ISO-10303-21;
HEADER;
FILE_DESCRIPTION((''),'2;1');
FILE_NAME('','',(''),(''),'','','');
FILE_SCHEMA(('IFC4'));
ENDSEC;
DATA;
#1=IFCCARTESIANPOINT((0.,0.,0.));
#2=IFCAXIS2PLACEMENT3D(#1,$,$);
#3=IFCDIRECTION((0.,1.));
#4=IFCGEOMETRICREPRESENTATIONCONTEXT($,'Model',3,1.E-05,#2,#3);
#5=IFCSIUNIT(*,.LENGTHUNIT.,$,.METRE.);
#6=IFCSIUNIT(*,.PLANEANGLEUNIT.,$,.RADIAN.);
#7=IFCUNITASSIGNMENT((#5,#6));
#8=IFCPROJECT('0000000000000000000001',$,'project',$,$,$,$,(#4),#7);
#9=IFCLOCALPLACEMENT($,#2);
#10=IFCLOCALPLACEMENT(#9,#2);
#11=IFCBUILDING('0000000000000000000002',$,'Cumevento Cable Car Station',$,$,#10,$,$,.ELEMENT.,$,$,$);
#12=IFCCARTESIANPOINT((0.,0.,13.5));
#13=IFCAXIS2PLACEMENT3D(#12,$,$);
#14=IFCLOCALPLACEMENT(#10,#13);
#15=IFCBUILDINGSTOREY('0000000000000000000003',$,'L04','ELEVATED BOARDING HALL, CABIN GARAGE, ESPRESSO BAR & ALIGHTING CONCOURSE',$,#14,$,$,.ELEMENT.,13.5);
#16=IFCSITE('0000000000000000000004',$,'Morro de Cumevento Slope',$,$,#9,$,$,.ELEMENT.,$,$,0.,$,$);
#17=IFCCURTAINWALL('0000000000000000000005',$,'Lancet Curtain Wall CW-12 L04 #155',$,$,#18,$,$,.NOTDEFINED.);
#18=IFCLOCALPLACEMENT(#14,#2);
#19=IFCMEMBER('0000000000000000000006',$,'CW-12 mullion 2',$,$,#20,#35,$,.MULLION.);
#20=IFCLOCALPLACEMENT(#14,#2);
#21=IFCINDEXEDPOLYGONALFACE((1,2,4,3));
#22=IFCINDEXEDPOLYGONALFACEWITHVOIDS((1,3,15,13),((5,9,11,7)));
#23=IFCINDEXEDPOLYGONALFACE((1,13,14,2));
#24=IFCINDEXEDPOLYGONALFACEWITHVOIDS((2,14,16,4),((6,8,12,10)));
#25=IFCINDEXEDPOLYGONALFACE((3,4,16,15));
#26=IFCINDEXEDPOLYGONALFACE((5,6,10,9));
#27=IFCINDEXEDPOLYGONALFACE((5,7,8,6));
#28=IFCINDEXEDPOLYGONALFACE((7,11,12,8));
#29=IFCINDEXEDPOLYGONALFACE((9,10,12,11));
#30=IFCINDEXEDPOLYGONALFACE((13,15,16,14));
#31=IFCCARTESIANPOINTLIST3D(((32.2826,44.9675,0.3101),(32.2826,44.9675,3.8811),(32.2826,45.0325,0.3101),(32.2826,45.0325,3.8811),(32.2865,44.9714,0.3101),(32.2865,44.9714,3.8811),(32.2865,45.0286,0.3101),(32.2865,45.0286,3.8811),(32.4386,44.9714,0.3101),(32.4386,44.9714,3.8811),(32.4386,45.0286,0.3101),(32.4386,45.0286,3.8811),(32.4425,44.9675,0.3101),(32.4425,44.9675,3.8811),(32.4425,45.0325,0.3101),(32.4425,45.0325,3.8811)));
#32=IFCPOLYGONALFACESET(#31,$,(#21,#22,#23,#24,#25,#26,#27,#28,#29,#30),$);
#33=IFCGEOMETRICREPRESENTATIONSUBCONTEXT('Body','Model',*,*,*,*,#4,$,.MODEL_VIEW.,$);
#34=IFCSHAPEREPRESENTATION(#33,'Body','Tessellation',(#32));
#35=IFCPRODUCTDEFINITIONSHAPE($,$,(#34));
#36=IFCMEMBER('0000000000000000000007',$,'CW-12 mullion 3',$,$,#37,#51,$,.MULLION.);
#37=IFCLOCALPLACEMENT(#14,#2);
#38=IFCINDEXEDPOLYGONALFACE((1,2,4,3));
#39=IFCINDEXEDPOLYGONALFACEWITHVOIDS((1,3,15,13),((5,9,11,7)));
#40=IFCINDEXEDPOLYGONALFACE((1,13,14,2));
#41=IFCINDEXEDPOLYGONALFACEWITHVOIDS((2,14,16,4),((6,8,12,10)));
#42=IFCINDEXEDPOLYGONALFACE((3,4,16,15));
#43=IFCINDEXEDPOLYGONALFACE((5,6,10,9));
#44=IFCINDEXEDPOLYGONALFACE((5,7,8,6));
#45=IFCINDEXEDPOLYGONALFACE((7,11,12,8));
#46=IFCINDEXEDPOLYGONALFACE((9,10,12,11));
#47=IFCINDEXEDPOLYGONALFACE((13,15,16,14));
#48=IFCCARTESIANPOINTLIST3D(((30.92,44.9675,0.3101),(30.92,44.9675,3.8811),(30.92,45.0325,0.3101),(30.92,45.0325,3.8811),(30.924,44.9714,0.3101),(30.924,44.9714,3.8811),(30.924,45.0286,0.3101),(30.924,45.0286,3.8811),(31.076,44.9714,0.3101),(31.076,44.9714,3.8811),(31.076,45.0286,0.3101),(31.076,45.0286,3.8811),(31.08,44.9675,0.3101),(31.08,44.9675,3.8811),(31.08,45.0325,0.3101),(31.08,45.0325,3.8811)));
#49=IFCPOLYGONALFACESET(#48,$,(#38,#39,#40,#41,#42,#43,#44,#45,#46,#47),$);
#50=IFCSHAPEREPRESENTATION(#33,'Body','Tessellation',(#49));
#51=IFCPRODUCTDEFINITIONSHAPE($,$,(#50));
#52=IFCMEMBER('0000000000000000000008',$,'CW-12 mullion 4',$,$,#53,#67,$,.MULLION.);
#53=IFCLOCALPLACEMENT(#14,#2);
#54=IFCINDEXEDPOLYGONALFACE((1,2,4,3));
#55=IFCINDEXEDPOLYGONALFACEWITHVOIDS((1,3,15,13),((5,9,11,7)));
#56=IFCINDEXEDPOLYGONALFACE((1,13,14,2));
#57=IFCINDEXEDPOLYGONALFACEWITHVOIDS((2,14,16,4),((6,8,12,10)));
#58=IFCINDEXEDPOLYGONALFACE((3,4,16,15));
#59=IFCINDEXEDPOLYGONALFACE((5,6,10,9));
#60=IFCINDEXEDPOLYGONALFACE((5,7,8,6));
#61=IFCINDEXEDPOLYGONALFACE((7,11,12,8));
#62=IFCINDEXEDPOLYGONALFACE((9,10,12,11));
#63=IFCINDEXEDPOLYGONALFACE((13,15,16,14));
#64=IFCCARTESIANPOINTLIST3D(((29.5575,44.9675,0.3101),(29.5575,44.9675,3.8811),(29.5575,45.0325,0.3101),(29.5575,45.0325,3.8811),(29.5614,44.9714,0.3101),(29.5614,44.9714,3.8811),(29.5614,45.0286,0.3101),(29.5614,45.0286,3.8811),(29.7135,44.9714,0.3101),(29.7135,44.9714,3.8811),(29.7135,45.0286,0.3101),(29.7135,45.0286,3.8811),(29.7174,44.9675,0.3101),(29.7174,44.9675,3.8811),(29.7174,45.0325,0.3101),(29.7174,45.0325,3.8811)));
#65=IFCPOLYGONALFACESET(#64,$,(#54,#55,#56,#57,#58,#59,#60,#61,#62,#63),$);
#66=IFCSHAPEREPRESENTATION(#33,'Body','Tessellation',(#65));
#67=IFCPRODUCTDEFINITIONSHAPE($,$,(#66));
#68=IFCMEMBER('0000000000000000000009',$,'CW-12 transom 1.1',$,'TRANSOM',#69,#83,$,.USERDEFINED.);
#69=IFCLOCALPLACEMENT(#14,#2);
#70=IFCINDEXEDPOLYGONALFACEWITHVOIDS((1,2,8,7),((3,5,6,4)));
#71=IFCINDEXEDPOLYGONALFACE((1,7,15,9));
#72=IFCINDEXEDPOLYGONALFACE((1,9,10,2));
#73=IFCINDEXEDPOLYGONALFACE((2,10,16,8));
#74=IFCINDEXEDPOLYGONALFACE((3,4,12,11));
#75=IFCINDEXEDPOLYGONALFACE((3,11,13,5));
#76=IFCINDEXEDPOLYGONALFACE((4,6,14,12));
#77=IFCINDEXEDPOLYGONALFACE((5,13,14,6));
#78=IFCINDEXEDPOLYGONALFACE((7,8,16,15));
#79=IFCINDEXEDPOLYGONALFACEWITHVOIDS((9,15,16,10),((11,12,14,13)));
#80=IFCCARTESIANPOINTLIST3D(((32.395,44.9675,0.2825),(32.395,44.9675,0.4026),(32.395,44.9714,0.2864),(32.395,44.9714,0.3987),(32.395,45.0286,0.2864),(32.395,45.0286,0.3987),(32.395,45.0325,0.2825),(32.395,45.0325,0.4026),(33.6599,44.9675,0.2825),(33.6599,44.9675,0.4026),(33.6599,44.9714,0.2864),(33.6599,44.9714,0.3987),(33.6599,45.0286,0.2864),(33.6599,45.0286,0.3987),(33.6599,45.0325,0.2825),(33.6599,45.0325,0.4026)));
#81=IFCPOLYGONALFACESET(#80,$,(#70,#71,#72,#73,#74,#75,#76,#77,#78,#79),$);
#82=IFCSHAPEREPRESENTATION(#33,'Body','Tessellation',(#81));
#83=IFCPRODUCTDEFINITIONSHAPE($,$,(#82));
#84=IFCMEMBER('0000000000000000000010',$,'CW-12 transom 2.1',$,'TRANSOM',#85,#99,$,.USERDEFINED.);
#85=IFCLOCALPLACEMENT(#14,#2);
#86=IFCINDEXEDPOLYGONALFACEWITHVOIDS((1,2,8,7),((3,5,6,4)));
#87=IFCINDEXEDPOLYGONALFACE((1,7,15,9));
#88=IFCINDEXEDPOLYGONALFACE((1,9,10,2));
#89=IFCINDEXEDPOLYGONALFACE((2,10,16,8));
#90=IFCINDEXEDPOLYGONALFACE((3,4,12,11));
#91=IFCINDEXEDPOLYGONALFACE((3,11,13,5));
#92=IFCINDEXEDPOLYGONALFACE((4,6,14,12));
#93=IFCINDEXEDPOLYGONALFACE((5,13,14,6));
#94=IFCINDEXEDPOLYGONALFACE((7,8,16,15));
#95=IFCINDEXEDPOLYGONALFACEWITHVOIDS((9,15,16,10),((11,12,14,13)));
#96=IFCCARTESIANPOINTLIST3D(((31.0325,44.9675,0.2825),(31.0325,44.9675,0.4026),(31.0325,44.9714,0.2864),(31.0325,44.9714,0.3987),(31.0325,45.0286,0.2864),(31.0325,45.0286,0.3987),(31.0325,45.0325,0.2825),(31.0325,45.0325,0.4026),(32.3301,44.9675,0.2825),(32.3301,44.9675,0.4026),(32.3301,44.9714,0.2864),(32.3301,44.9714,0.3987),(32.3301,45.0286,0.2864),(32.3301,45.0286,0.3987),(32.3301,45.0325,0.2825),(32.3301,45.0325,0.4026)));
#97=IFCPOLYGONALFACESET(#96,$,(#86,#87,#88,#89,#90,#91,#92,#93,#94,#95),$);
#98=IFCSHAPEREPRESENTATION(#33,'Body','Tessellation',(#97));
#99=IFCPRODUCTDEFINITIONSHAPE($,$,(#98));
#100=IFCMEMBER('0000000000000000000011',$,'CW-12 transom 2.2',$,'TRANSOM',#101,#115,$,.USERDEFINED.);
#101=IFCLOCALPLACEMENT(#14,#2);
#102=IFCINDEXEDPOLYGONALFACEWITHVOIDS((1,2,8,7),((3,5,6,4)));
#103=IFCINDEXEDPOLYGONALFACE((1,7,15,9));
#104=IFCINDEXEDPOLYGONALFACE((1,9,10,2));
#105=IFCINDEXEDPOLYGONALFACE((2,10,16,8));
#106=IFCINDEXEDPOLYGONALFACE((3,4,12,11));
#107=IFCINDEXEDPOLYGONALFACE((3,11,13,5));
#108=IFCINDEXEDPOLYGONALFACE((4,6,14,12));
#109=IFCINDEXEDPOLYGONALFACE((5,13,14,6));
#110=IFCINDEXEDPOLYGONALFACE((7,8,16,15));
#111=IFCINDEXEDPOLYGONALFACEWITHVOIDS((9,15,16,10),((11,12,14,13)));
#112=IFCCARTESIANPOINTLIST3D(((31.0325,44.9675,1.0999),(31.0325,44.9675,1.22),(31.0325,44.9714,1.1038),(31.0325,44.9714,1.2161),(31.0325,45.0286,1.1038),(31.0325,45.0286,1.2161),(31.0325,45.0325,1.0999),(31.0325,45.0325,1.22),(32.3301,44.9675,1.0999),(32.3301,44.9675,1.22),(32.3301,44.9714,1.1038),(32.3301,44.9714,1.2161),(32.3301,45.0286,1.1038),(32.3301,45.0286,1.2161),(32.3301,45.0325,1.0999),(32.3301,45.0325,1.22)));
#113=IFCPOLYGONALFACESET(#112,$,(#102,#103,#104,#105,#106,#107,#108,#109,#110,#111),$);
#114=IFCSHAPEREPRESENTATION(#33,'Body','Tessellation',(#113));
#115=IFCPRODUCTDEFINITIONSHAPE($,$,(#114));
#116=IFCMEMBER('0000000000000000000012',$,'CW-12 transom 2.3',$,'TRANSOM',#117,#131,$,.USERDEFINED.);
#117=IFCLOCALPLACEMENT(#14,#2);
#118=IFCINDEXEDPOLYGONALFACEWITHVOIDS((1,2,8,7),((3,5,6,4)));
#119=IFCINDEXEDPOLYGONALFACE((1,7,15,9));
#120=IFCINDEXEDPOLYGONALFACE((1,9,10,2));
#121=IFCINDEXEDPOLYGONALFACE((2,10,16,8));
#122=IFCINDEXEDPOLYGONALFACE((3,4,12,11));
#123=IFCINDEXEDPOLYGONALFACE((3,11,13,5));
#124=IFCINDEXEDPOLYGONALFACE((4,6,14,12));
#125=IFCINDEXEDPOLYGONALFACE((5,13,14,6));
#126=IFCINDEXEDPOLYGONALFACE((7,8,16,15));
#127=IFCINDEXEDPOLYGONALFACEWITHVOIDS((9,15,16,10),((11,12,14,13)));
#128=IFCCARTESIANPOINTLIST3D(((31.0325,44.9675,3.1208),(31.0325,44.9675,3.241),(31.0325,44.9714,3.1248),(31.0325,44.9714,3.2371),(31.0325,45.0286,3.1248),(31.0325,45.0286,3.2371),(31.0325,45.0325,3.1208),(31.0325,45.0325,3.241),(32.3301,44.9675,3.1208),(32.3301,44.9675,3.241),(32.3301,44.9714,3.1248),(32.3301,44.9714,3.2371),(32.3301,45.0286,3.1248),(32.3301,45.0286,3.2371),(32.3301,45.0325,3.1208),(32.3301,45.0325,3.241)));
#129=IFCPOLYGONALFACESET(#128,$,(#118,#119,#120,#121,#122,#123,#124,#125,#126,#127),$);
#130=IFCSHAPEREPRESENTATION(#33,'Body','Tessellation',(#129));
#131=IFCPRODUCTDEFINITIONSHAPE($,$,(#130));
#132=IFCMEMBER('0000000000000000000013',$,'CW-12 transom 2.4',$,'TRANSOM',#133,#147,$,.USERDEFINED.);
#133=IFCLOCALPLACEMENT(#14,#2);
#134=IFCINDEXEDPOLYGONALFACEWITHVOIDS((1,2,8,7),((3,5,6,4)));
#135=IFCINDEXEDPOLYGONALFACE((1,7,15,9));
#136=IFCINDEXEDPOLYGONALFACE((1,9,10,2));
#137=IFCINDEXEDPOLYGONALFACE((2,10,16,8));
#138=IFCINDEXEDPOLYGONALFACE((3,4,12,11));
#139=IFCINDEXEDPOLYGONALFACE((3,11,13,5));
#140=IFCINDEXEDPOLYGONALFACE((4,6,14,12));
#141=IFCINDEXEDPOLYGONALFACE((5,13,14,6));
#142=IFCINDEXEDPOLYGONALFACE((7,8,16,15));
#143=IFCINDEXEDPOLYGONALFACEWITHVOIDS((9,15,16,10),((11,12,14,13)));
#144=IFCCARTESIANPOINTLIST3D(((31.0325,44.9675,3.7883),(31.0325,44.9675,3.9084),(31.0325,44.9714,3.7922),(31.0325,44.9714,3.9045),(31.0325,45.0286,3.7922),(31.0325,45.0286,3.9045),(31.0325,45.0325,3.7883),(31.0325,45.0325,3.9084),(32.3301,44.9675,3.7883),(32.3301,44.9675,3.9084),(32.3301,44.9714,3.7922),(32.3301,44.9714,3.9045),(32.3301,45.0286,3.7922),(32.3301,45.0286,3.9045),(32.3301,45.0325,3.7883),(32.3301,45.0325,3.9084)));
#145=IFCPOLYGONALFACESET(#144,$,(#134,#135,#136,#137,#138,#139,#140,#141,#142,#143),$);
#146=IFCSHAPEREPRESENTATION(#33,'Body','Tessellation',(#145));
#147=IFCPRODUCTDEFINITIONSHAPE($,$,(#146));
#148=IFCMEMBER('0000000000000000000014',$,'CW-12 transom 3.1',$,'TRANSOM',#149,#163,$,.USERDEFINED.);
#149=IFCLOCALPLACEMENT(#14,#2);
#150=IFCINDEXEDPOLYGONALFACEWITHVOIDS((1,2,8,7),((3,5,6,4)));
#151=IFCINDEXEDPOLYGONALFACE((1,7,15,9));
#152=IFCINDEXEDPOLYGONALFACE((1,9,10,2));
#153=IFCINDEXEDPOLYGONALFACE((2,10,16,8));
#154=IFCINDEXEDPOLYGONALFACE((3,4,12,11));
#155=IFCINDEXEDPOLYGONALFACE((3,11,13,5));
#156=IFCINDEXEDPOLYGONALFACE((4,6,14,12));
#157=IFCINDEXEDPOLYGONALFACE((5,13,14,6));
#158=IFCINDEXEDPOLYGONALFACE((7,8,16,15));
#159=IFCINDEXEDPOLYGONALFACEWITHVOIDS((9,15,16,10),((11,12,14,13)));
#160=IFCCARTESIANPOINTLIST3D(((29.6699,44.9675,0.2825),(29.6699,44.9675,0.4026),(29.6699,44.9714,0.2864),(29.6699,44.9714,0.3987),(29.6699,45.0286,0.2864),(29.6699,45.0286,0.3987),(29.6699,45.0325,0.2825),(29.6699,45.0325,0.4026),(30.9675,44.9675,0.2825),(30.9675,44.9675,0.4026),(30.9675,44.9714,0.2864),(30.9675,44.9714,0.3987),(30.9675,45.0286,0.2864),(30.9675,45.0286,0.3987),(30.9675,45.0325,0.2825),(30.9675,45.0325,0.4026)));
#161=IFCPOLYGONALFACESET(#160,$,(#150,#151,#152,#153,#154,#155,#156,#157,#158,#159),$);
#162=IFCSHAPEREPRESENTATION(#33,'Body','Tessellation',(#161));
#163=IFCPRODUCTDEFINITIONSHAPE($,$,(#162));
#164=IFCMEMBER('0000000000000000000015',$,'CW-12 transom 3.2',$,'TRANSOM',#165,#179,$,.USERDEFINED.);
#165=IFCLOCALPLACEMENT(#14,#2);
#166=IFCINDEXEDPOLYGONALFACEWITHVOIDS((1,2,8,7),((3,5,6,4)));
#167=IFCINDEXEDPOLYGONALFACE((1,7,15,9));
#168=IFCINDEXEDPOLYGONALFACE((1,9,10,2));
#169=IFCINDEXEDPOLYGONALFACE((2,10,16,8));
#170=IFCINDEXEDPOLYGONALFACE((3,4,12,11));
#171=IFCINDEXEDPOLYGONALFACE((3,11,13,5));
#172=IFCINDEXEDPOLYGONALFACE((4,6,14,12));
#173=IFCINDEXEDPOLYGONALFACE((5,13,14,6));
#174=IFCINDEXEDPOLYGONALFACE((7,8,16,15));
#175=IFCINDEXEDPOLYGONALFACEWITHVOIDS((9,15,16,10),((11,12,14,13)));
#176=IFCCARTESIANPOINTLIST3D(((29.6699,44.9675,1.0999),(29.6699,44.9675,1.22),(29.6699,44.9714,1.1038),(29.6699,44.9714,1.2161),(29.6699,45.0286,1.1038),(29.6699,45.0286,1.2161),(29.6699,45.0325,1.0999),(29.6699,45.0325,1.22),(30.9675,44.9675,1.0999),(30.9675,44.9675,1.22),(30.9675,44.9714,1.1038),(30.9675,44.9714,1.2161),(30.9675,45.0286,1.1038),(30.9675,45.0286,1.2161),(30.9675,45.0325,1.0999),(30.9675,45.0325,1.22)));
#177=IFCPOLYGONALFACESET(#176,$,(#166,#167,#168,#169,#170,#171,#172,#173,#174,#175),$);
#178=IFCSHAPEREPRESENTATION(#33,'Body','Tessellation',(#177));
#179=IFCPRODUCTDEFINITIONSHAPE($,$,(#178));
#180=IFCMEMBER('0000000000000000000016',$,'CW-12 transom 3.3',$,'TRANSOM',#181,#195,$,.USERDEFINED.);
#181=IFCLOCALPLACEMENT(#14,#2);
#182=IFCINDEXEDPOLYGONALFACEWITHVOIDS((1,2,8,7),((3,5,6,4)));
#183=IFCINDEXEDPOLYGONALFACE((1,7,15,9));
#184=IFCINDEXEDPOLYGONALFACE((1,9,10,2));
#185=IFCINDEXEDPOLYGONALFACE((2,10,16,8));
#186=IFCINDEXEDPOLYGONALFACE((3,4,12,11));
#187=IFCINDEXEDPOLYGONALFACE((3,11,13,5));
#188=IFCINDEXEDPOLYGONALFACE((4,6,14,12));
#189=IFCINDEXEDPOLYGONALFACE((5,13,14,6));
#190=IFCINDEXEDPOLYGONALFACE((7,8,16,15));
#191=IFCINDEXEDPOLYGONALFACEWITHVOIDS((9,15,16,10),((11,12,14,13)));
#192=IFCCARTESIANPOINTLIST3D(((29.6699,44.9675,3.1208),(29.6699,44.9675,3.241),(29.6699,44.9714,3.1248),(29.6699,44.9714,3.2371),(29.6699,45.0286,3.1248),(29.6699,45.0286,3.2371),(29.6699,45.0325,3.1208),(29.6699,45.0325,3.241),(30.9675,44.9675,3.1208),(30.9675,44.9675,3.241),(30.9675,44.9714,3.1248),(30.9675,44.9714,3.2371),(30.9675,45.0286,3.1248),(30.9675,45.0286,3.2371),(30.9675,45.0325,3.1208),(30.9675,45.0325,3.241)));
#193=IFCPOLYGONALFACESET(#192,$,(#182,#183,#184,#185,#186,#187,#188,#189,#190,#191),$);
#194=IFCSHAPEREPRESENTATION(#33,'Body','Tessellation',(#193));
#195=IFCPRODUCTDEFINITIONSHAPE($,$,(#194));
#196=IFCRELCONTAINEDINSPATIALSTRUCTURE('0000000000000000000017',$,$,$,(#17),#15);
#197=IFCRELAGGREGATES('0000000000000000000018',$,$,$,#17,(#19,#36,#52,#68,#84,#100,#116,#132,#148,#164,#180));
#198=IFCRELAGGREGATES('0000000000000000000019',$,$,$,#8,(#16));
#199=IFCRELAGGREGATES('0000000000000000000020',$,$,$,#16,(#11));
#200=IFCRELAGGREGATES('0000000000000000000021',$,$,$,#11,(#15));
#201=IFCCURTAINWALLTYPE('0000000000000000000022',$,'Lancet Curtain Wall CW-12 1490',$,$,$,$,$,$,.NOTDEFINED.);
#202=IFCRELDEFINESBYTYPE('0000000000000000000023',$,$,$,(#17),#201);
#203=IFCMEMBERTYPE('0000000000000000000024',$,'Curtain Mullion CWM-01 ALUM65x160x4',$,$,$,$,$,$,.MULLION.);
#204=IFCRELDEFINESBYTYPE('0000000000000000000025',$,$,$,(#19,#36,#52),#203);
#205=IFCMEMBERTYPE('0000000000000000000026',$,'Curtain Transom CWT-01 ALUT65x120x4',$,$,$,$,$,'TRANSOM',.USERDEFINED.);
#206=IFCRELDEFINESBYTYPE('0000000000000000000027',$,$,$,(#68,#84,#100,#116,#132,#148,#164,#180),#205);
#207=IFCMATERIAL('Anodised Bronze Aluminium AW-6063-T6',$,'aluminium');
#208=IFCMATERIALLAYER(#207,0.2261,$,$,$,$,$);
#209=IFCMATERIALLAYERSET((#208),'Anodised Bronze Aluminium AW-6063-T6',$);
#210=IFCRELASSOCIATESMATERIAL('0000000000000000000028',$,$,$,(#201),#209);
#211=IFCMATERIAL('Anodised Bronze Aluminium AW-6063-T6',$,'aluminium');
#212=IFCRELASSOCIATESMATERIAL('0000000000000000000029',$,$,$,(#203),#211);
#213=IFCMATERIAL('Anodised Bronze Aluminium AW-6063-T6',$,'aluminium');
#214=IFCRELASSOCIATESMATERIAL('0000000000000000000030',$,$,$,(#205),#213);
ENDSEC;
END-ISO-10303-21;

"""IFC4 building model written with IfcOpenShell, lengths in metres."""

from ifc_helpers import new_model, si_unit, direction, frame, origin, origin_2d, place, context, subcontext, project, spatial, hollow_rectangle, extrude, material, layer, layer_set, material_profile, profile_set, type_object, element, aggregate, save


model = new_model("IFC4")

# Units and contexts
model_context = context("Model", 3, precision=1e-05, world=origin(), true_north=direction((0.0, 1.0)))
body_context = subcontext(model_context, "Body", "Model", "MODEL_VIEW")
ifc_project = project(units=[si_unit("LENGTHUNIT", "METRE"), si_unit("PLANEANGLEUNIT", "RADIAN")], contexts=[model_context])

# Site, building, storey
site_placement = place(None, origin())
site = spatial("IfcSite", under=ifc_project, at=site_placement, Name="Morro de Cumevento Slope", CompositionType="ELEMENT", RefElevation=0.0)
building_placement = place(site_placement, origin())
building = spatial("IfcBuilding", under=site, at=building_placement, Name="Cumevento Cable Car Station", CompositionType="ELEMENT")
storey_placement = place(building_placement, frame((0.0, 0.0, 13.5)))
storey = spatial("IfcBuildingStorey", under=building, at=storey_placement, Name="L04", Description="ELEVATED BOARDING HALL, CABIN GARAGE, ESPRESSO BAR & ALIGHTING CONCOURSE", CompositionType="ELEMENT", Elevation=13.5)

# Curtain wall, members
ifc_material_1 = material(Name="Anodised Bronze Aluminium AW-6063-T6", Category="aluminium")
ifc_layer_1 = layer(ifc_material_1, 0.2261)
ifc_layer_set_1 = layer_set([ifc_layer_1], Name="Anodised Bronze Aluminium AW-6063-T6")
curtain_wall_type = type_object("IfcCurtainWallType", Name="Lancet Curtain Wall CW-12 1490", PredefinedType="NOTDEFINED", material=ifc_layer_set_1)
curtain_wall_placement = place(storey_placement, origin())
curtain_wall = element("IfcCurtainWall", 1, at=curtain_wall_placement, inside=storey, type_object=curtain_wall_type, Name="Lancet Curtain Wall CW-12 L04 #155", PredefinedType="NOTDEFINED")
ifc_material_2 = material(Name="Anodised Bronze Aluminium AW-6063-T6", Category="aluminium")
ifc_material_profile_1 = material_profile(ifc_material_2, hollow_rectangle(XDim=0.0649, YDim=0.1599, WallThickness=0.0039, at=origin_2d()), Name="ALUM65x160x4")
ifc_profile_set_1 = profile_set([ifc_material_profile_1], Name="Anodised Bronze Aluminium AW-6063-T6")
member_type_1 = type_object("IfcMemberType", Name="Curtain Mullion CWM-01 ALUM65x160x4", PredefinedType="MULLION", material=ifc_profile_set_1)
member_1_placement = place(storey_placement, frame((32.3625, 45.0, 0.3101), z_axis=(0.0, 0.0, 1.0), x_axis=(0.0, -1.0, 0.0)))
member_1 = element("IfcMember", 2, at=member_1_placement, type_object=member_type_1, Name="CW-12 mullion 2", PredefinedType="MULLION", context=body_context, shape_type="SweptSolid", body=[
    extrude(hollow_rectangle(XDim=0.0649, YDim=0.1599, WallThickness=0.0039, at=origin_2d()), origin(), (0.0, 0.0, 1.0), 3.571),
])
member_2_placement = place(storey_placement, frame((31.0, 45.0, 0.3101), z_axis=(0.0, 0.0, 1.0), x_axis=(0.0, -1.0, 0.0)))
member_2 = element("IfcMember", 3, at=member_2_placement, type_object=member_type_1, Name="CW-12 mullion 3", PredefinedType="MULLION", context=body_context, shape_type="SweptSolid", body=[
    extrude(hollow_rectangle(XDim=0.0649, YDim=0.1599, WallThickness=0.0039, at=origin_2d()), origin(), (0.0, 0.0, 1.0), 3.571),
])
member_3_placement = place(storey_placement, frame((29.6375, 45.0, 0.3101), z_axis=(0.0, 0.0, 1.0), x_axis=(0.0, -1.0, 0.0)))
member_3 = element("IfcMember", 4, at=member_3_placement, type_object=member_type_1, Name="CW-12 mullion 4", PredefinedType="MULLION", context=body_context, shape_type="SweptSolid", body=[
    extrude(hollow_rectangle(XDim=0.0649, YDim=0.1599, WallThickness=0.0039, at=origin_2d()), origin(), (0.0, 0.0, 1.0), 3.571),
])
ifc_material_3 = material(Name="Anodised Bronze Aluminium AW-6063-T6", Category="aluminium")
ifc_material_profile_2 = material_profile(ifc_material_3, hollow_rectangle(XDim=0.0649, YDim=0.1201, WallThickness=0.0039, at=origin_2d()), Name="ALUT65x120x4")
ifc_profile_set_2 = profile_set([ifc_material_profile_2], Name="Anodised Bronze Aluminium AW-6063-T6")
member_type_2 = type_object("IfcMemberType", Name="Curtain Transom CWT-01 ALUT65x120x4", ElementType="TRANSOM", PredefinedType="USERDEFINED", material=ifc_profile_set_2)
member_4_placement = place(storey_placement, frame((33.6599, 45.0, 0.3425), z_axis=(-1.0, 0.0, 0.0), x_axis=(0.0, -1.0, 0.0)))
member_4 = element("IfcMember", 5, at=member_4_placement, type_object=member_type_2, Name="CW-12 transom 1.1", ObjectType="TRANSOM", PredefinedType="USERDEFINED", context=body_context, shape_type="SweptSolid", body=[
    extrude(hollow_rectangle(XDim=0.0649, YDim=0.1201, WallThickness=0.0039, at=origin_2d()), origin(), (0.0, 0.0, 1.0), 1.2649),
])
member_5_placement = place(storey_placement, frame((32.3301, 45.0, 0.3425), z_axis=(-1.0, 0.0, 0.0), x_axis=(0.0, -1.0, 0.0)))
member_5 = element("IfcMember", 6, at=member_5_placement, type_object=member_type_2, Name="CW-12 transom 2.1", ObjectType="TRANSOM", PredefinedType="USERDEFINED", context=body_context, shape_type="SweptSolid", body=[
    extrude(hollow_rectangle(XDim=0.0649, YDim=0.1201, WallThickness=0.0039, at=origin_2d()), origin(), (0.0, 0.0, 1.0), 1.2976),
])
member_6_placement = place(storey_placement, frame((32.3301, 45.0, 1.1599), z_axis=(-1.0, 0.0, 0.0), x_axis=(0.0, -1.0, 0.0)))
member_6 = element("IfcMember", 7, at=member_6_placement, type_object=member_type_2, Name="CW-12 transom 2.2", ObjectType="TRANSOM", PredefinedType="USERDEFINED", context=body_context, shape_type="SweptSolid", body=[
    extrude(hollow_rectangle(XDim=0.0649, YDim=0.1201, WallThickness=0.0039, at=origin_2d()), origin(), (0.0, 0.0, 1.0), 1.2976),
])
member_7_placement = place(storey_placement, frame((32.3301, 45.0, 3.1809), z_axis=(-1.0, 0.0, 0.0), x_axis=(0.0, -1.0, 0.0)))
member_7 = element("IfcMember", 8, at=member_7_placement, type_object=member_type_2, Name="CW-12 transom 2.3", ObjectType="TRANSOM", PredefinedType="USERDEFINED", context=body_context, shape_type="SweptSolid", body=[
    extrude(hollow_rectangle(XDim=0.0649, YDim=0.1201, WallThickness=0.0039, at=origin_2d()), origin(), (0.0, 0.0, 1.0), 1.2976),
])
member_8_placement = place(storey_placement, frame((32.3301, 45.0, 3.8484), z_axis=(-1.0, 0.0, 0.0), x_axis=(0.0, -1.0, 0.0)))
member_8 = element("IfcMember", 9, at=member_8_placement, type_object=member_type_2, Name="CW-12 transom 2.4", ObjectType="TRANSOM", PredefinedType="USERDEFINED", context=body_context, shape_type="SweptSolid", body=[
    extrude(hollow_rectangle(XDim=0.0649, YDim=0.1201, WallThickness=0.0039, at=origin_2d()), origin(), (0.0, 0.0, 1.0), 1.2976),
])
member_9_placement = place(storey_placement, frame((30.9675, 45.0, 0.3425), z_axis=(-1.0, 0.0, 0.0), x_axis=(0.0, -1.0, 0.0)))
member_9 = element("IfcMember", 10, at=member_9_placement, type_object=member_type_2, Name="CW-12 transom 3.1", ObjectType="TRANSOM", PredefinedType="USERDEFINED", context=body_context, shape_type="SweptSolid", body=[
    extrude(hollow_rectangle(XDim=0.0649, YDim=0.1201, WallThickness=0.0039, at=origin_2d()), origin(), (0.0, 0.0, 1.0), 1.2976),
])
member_10_placement = place(storey_placement, frame((30.9675, 45.0, 1.1599), z_axis=(-1.0, 0.0, 0.0), x_axis=(0.0, -1.0, 0.0)))
member_10 = element("IfcMember", 11, at=member_10_placement, type_object=member_type_2, Name="CW-12 transom 3.2", ObjectType="TRANSOM", PredefinedType="USERDEFINED", context=body_context, shape_type="SweptSolid", body=[
    extrude(hollow_rectangle(XDim=0.0649, YDim=0.1201, WallThickness=0.0039, at=origin_2d()), origin(), (0.0, 0.0, 1.0), 1.2976),
])
member_11_placement = place(storey_placement, frame((30.9675, 45.0, 3.1809), z_axis=(-1.0, 0.0, 0.0), x_axis=(0.0, -1.0, 0.0)))
member_11 = element("IfcMember", 12, at=member_11_placement, type_object=member_type_2, Name="CW-12 transom 3.3", ObjectType="TRANSOM", PredefinedType="USERDEFINED", context=body_context, shape_type="SweptSolid", body=[
    extrude(hollow_rectangle(XDim=0.0649, YDim=0.1201, WallThickness=0.0039, at=origin_2d()), origin(), (0.0, 0.0, 1.0), 1.2976),
])
aggregate(curtain_wall, [member_1, member_2, member_3, member_4, member_5, member_6, member_7, member_8, member_9, member_10, member_11])

save(model, "model.ifc")
